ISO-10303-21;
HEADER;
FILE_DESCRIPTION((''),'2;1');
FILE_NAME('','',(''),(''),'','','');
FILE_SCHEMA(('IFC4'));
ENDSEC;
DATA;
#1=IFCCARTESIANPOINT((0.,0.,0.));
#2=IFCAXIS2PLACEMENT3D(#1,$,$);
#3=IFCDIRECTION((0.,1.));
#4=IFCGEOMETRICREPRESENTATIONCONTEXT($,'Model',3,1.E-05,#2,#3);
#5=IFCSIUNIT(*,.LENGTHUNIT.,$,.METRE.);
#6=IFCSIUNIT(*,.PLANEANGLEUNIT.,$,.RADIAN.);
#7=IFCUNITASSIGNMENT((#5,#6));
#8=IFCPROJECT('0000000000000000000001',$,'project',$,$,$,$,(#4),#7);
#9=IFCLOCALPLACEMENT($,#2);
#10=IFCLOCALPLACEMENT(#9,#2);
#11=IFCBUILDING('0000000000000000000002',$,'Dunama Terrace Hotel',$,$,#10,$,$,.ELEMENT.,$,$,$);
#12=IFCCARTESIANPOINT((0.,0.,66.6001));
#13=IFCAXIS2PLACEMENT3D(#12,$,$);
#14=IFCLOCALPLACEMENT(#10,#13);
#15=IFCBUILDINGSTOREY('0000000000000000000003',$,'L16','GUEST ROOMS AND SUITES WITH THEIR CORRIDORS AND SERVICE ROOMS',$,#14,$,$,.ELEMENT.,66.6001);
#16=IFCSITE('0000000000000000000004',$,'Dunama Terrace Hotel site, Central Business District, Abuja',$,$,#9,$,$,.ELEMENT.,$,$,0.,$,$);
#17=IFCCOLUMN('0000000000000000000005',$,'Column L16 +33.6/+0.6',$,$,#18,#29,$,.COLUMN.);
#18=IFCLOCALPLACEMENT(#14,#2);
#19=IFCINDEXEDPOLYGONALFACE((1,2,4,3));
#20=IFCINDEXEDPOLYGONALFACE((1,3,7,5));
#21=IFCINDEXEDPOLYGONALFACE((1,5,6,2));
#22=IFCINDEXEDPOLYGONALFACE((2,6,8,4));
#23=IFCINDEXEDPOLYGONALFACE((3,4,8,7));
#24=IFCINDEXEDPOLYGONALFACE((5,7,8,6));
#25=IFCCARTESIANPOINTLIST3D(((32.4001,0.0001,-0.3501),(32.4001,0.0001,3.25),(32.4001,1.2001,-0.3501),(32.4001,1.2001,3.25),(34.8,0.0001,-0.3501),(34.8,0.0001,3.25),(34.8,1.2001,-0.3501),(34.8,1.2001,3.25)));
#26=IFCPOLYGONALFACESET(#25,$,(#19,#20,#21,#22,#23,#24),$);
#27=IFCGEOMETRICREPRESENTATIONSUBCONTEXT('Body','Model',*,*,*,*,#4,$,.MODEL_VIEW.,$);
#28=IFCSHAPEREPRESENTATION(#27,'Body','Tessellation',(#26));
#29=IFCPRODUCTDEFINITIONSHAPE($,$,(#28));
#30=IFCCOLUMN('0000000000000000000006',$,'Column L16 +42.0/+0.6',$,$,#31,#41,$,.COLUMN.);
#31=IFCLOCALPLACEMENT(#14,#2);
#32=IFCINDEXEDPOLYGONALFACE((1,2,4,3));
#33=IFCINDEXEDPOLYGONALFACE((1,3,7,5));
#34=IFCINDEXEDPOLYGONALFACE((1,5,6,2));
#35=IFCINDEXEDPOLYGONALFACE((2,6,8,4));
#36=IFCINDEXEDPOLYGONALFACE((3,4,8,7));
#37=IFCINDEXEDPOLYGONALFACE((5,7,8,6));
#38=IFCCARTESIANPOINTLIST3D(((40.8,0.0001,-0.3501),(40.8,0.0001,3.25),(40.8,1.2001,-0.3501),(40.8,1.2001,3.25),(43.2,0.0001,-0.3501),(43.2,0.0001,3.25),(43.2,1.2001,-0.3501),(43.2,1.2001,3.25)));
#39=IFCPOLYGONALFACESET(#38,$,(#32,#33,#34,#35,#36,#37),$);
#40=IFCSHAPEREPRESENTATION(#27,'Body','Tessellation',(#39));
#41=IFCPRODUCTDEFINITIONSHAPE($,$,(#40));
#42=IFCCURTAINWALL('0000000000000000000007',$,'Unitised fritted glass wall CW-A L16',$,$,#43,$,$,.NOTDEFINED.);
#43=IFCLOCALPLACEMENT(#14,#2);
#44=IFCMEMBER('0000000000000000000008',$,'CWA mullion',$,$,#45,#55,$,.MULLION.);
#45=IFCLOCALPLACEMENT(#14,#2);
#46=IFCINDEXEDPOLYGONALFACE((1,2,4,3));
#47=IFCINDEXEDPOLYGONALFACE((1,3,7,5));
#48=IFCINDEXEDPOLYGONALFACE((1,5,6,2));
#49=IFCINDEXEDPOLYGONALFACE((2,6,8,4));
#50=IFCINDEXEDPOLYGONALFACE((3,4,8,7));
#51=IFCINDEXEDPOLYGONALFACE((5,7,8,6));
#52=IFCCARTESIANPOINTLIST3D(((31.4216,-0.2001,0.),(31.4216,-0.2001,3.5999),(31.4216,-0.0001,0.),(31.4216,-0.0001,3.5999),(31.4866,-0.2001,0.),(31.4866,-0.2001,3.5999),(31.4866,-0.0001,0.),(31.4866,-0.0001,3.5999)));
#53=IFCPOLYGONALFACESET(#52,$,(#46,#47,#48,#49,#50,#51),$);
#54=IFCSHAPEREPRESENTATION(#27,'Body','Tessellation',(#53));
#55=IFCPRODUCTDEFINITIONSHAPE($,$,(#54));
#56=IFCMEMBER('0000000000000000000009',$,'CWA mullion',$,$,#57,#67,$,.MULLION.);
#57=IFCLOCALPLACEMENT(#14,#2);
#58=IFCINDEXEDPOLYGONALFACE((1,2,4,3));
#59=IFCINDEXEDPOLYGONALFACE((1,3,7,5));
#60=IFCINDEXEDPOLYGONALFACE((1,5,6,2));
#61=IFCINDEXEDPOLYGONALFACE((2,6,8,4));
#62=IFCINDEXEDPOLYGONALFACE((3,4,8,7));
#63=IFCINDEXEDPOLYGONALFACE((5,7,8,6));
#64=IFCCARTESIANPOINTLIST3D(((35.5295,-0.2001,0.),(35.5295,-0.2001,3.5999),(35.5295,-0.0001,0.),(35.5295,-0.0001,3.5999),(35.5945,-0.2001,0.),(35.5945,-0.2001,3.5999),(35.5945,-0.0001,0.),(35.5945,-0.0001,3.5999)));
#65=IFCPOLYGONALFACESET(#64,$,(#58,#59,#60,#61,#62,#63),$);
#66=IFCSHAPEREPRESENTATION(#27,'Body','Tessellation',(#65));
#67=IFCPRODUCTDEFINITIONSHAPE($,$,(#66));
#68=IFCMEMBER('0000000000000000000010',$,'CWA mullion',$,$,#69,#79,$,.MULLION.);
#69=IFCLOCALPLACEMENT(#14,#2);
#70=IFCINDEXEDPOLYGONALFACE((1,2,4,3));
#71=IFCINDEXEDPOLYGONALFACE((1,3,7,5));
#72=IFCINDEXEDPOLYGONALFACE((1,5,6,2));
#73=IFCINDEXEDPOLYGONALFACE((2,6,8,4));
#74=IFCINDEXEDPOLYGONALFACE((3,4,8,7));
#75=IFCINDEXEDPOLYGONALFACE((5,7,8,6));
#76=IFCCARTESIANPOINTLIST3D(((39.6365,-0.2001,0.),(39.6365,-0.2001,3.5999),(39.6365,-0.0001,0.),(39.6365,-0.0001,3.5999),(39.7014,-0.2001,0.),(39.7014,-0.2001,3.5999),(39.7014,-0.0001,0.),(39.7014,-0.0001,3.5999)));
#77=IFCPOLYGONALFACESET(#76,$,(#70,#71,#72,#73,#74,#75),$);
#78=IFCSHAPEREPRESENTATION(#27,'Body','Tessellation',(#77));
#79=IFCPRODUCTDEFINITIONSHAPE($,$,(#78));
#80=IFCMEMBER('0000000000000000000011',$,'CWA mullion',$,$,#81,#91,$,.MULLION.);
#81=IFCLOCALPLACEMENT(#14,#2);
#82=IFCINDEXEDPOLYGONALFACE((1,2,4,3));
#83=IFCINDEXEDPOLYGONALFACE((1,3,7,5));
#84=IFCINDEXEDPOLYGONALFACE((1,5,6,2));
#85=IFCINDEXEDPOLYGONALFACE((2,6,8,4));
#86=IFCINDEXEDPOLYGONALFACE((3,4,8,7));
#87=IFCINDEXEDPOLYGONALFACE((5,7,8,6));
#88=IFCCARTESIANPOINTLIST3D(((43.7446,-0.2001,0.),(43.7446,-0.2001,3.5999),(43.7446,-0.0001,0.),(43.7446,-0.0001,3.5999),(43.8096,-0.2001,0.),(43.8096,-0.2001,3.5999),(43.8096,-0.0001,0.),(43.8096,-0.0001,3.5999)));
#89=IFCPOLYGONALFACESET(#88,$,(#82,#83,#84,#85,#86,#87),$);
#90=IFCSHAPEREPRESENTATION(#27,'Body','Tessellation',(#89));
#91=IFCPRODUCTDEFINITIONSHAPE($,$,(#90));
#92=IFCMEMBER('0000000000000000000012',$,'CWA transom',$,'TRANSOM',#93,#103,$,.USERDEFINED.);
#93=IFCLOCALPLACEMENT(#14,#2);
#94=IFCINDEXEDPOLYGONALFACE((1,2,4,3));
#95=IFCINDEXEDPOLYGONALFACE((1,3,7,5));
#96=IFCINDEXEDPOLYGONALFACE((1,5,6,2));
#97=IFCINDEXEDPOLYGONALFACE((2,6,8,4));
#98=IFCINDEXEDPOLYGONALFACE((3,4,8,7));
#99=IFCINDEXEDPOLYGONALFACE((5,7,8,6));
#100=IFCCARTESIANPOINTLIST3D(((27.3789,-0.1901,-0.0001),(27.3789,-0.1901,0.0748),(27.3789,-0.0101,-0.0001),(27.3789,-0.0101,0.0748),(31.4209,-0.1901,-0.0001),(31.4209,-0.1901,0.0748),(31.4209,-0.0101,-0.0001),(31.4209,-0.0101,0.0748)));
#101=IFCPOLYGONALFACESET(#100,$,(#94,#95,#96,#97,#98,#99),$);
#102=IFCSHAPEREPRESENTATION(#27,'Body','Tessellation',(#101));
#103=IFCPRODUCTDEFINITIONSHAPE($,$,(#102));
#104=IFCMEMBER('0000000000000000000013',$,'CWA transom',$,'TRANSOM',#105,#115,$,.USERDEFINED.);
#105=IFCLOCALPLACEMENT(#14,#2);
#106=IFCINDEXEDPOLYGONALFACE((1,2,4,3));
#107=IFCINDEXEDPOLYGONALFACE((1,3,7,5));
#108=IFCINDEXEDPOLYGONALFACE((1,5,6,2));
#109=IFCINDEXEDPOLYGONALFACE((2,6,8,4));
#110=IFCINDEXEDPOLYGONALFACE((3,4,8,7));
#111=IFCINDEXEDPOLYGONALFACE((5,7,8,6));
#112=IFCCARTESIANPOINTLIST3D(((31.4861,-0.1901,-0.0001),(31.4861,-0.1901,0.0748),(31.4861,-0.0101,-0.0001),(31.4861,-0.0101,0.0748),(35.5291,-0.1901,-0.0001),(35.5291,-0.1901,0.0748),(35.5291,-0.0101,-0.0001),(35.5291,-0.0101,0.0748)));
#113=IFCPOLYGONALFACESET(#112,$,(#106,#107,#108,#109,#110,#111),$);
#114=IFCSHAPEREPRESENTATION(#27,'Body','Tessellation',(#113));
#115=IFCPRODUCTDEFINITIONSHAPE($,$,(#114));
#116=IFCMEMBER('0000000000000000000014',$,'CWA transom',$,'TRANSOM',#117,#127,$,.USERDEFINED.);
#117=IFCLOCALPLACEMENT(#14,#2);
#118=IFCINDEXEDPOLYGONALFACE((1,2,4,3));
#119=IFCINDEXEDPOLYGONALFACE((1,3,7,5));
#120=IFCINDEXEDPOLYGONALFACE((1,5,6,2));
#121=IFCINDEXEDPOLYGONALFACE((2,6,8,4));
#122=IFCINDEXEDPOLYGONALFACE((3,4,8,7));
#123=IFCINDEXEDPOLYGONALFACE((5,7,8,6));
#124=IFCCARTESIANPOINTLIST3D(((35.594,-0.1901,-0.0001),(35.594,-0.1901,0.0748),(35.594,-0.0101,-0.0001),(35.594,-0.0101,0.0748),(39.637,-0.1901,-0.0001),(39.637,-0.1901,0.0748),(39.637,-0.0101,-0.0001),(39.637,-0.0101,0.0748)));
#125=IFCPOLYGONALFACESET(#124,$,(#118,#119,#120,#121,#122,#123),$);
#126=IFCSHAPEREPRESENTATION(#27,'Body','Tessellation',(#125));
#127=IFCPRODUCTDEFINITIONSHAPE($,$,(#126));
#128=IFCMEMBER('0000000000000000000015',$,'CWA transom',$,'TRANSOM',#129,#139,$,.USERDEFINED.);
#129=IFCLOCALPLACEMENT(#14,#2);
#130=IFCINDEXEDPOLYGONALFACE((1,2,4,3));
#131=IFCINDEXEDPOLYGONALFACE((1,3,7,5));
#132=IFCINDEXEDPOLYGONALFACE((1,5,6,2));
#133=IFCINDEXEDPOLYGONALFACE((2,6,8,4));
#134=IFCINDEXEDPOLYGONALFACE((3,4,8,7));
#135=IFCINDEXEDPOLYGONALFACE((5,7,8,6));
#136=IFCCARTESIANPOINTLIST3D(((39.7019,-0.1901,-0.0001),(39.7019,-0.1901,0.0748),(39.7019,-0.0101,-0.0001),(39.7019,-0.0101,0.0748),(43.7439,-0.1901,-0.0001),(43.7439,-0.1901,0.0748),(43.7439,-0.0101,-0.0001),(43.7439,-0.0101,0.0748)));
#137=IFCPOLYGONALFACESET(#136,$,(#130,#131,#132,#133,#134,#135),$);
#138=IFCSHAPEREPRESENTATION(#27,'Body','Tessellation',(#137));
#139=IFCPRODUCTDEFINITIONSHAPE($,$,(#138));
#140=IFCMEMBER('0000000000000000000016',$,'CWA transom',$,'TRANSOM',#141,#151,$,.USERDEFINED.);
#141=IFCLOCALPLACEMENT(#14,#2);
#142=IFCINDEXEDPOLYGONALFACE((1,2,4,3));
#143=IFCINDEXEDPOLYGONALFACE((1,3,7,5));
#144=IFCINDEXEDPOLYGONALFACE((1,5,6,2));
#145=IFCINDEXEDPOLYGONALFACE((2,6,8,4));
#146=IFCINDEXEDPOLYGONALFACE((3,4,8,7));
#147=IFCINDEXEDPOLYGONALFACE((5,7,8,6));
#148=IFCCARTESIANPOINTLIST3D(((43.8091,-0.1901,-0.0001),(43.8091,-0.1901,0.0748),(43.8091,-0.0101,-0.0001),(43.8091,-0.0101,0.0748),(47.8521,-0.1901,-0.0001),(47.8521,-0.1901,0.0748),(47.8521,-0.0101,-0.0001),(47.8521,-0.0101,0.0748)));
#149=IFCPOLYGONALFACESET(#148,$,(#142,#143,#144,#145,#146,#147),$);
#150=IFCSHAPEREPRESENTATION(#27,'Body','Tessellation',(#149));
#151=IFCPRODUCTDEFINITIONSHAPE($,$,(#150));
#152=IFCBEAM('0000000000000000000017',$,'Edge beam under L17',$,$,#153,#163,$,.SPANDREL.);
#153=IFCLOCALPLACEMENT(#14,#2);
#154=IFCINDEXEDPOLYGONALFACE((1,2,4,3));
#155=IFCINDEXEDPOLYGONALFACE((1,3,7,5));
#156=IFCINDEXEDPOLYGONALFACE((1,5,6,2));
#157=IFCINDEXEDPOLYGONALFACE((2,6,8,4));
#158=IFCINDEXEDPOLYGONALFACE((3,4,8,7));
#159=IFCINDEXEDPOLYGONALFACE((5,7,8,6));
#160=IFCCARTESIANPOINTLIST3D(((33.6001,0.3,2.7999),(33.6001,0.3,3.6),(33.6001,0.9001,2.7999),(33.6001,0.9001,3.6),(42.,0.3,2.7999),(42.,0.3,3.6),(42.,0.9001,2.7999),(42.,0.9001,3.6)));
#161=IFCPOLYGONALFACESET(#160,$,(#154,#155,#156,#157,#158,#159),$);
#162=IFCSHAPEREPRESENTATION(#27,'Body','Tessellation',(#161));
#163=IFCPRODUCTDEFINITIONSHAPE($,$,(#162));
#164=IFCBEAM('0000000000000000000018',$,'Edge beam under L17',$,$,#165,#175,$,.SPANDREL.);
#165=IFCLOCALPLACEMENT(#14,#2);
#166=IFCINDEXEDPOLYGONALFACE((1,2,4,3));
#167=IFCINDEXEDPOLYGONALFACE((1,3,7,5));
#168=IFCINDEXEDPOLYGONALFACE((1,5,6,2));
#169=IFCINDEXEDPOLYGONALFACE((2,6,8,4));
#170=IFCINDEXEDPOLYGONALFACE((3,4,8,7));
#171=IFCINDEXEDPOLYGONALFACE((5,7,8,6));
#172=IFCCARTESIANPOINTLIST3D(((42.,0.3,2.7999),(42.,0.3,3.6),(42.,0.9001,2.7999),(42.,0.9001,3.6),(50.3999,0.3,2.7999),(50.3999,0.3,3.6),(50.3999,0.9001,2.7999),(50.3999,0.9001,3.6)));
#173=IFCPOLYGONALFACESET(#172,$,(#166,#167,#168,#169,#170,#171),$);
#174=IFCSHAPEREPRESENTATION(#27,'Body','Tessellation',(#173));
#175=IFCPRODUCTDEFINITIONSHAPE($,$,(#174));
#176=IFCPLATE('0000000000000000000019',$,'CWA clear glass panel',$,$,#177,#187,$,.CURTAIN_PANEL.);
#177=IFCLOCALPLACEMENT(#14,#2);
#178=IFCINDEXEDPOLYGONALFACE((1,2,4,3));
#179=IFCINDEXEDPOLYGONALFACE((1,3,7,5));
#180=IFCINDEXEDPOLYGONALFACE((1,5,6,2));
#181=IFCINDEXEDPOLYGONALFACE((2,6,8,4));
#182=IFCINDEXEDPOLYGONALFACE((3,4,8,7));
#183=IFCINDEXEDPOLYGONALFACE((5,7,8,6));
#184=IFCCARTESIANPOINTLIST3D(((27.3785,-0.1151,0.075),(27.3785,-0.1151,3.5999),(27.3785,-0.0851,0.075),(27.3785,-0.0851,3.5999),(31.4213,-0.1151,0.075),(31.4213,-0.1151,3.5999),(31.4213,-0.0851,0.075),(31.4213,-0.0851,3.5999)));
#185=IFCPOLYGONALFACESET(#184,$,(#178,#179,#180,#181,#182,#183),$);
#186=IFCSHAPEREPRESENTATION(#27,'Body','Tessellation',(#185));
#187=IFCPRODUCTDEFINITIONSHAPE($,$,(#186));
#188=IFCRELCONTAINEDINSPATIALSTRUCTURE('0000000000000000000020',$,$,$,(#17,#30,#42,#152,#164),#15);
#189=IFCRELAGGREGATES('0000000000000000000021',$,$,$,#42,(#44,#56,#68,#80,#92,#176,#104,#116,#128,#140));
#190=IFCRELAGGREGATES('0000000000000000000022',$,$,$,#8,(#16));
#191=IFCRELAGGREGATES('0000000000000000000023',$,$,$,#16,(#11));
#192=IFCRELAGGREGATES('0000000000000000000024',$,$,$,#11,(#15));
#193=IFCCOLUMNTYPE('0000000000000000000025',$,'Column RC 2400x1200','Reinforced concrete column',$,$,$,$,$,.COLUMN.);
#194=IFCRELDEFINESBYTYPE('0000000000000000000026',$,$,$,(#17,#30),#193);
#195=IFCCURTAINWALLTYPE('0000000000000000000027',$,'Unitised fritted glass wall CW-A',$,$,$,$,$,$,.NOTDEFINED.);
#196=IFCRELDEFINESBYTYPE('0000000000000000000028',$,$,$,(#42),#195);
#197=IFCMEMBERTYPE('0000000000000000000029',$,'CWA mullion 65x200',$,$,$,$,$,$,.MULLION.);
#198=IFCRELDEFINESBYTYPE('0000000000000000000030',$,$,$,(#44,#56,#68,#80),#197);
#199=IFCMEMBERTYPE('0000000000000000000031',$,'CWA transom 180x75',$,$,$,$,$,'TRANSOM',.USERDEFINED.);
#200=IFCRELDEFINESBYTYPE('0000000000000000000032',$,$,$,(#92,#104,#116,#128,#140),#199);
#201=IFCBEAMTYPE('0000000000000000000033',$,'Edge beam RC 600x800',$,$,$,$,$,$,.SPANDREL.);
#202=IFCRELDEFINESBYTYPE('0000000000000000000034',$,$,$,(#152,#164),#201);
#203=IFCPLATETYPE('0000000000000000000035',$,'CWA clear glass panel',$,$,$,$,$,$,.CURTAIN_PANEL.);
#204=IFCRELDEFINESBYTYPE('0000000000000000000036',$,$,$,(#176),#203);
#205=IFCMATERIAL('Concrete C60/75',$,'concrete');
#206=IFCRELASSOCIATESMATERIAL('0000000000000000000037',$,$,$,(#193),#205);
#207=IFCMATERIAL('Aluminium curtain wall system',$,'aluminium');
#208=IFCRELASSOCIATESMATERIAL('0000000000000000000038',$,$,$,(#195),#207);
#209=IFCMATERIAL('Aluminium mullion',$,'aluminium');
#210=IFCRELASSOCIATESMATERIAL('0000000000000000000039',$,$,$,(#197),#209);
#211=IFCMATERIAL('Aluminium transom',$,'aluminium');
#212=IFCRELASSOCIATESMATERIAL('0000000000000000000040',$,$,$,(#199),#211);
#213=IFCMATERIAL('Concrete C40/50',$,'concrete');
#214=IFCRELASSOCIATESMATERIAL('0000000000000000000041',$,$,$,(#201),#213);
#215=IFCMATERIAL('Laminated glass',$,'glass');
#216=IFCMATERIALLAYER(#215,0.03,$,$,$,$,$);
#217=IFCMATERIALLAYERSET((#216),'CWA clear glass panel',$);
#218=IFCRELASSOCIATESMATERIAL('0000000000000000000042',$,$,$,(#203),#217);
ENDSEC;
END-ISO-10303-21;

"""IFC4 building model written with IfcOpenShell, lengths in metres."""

from ifc_helpers import new_model, si_unit, direction, frame, origin, origin_2d, place, context, subcontext, project, spatial, rectangle, extrude, material, layer, layer_set, material_profile, profile_set, type_object, element, aggregate, save


model = new_model("IFC4")

# Units and contexts
model_context = context("Model", 3, precision=1e-05, world=origin(), true_north=direction((0.0, 1.0)))
body_context = subcontext(model_context, "Body", "Model", "MODEL_VIEW")
ifc_project = project(units=[si_unit("LENGTHUNIT", "METRE"), si_unit("PLANEANGLEUNIT", "RADIAN")], contexts=[model_context])

# Site, building, storey
site_placement = place(None, origin())
site = spatial("IfcSite", under=ifc_project, at=site_placement, Name="Dunama Terrace Hotel site, Central Business District, Abuja", CompositionType="ELEMENT", RefElevation=0.0)
building_placement = place(site_placement, origin())
building = spatial("IfcBuilding", under=site, at=building_placement, Name="Dunama Terrace Hotel", CompositionType="ELEMENT")
storey_placement = place(building_placement, frame((0.0, 0.0, 66.6001)))
storey = spatial("IfcBuildingStorey", under=building, at=storey_placement, Name="L16", Description="GUEST ROOMS AND SUITES WITH THEIR CORRIDORS AND SERVICE ROOMS", CompositionType="ELEMENT", Elevation=66.6001)

# Columns
ifc_material_1 = material(Name="Concrete C60/75", Category="concrete")
ifc_material_profile_1 = material_profile(ifc_material_1, rectangle(XDim=2.3999, YDim=1.2, at=origin_2d()), Name="RC 2400x1200")
ifc_profile_set_1 = profile_set([ifc_material_profile_1], Name="Concrete C60/75")
column_type = type_object("IfcColumnType", Name="Column RC 2400x1200", Description="Reinforced concrete column", PredefinedType="COLUMN", material=ifc_profile_set_1)
for number, where, z_axis, x_axis, name in (
    (1, (33.6001, 0.6001, -0.3501), (0.0, 0.0, 1.0), (1.0, 0.0, 0.0), "Column L16 +33.6/+0.6"),
    (2, (42.0, 0.6001, -0.3501), (0.0, 0.0, 1.0), (1.0, 0.0, 0.0), "Column L16 +42.0/+0.6"),
):
    element("IfcColumn", number, at=place(storey_placement, frame(where, z_axis=z_axis, x_axis=x_axis)), inside=storey, type_object=column_type, Name=name, PredefinedType="COLUMN", context=body_context, shape_type="SweptSolid", body=[
        extrude(rectangle(XDim=2.3999, YDim=1.2, at=origin_2d()), origin(), (0.0, 0.0, 1.0), 3.6001),
    ])

# Curtain wall, members
ifc_material_2 = material(Name="Aluminium curtain wall system", Category="aluminium")
curtain_wall_type = type_object("IfcCurtainWallType", Name="Unitised fritted glass wall CW-A", PredefinedType="NOTDEFINED", material=ifc_material_2)
curtain_wall_placement = place(storey_placement, origin())
curtain_wall = element("IfcCurtainWall", 3, at=curtain_wall_placement, inside=storey, type_object=curtain_wall_type, Name="Unitised fritted glass wall CW-A L16", PredefinedType="NOTDEFINED")
ifc_material_3 = material(Name="Aluminium mullion", Category="aluminium")
ifc_material_profile_2 = material_profile(ifc_material_3, rectangle(XDim=0.0649, YDim=0.2, at=origin_2d()), Name="CWA MULLION 65X200")
ifc_profile_set_2 = profile_set([ifc_material_profile_2], Name="Aluminium mullion")
member_type_1 = type_object("IfcMemberType", Name="CWA mullion 65x200", PredefinedType="MULLION", material=ifc_profile_set_2)
member_1_placement = place(storey_placement, frame((31.4541, -0.1001, 0.0), z_axis=(0.0, 0.0, 1.0), x_axis=(1.0, 0.0, 0.0)))
member_1 = element("IfcMember", 4, at=member_1_placement, type_object=member_type_1, Name="CWA mullion", PredefinedType="MULLION", context=body_context, shape_type="SweptSolid", body=[
    extrude(rectangle(XDim=0.0649, YDim=0.2, at=origin_2d()), origin(), (0.0, 0.0, 1.0), 3.5999),
])
member_2_placement = place(storey_placement, frame((35.562, -0.1001, 0.0), z_axis=(0.0, 0.0, 1.0), x_axis=(1.0, 0.0, 0.0)))
member_2 = element("IfcMember", 5, at=member_2_placement, type_object=member_type_1, Name="CWA mullion", PredefinedType="MULLION", context=body_context, shape_type="SweptSolid", body=[
    extrude(rectangle(XDim=0.0649, YDim=0.2, at=origin_2d()), origin(), (0.0, 0.0, 1.0), 3.5999),
])
member_3_placement = place(storey_placement, frame((39.6689, -0.1001, 0.0), z_axis=(0.0, 0.0, 1.0), x_axis=(1.0, 0.0, 0.0)))
member_3 = element("IfcMember", 6, at=member_3_placement, type_object=member_type_1, Name="CWA mullion", PredefinedType="MULLION", context=body_context, shape_type="SweptSolid", body=[
    extrude(rectangle(XDim=0.0649, YDim=0.2, at=origin_2d()), origin(), (0.0, 0.0, 1.0), 3.5999),
])
member_4_placement = place(storey_placement, frame((43.7771, -0.1001, 0.0), z_axis=(0.0, 0.0, 1.0), x_axis=(1.0, 0.0, 0.0)))
member_4 = element("IfcMember", 7, at=member_4_placement, type_object=member_type_1, Name="CWA mullion", PredefinedType="MULLION", context=body_context, shape_type="SweptSolid", body=[
    extrude(rectangle(XDim=0.0649, YDim=0.2, at=origin_2d()), origin(), (0.0, 0.0, 1.0), 3.5999),
])
ifc_material_4 = material(Name="Aluminium transom", Category="aluminium")
ifc_material_profile_3 = material_profile(ifc_material_4, rectangle(XDim=0.1799, YDim=0.075, at=origin_2d()), Name="CWA TRANSOM 180X75")
ifc_profile_set_3 = profile_set([ifc_material_profile_3], Name="Aluminium transom")
member_type_2 = type_object("IfcMemberType", Name="CWA transom 180x75", ElementType="TRANSOM", PredefinedType="USERDEFINED", material=ifc_profile_set_3)
member_5_placement = place(storey_placement, frame((27.3789, -0.1001, 0.0374), z_axis=(1.0, 0.0, 0.0), x_axis=(0.0, 1.0, 0.0)))
member_5 = element("IfcMember", 8, at=member_5_placement, type_object=member_type_2, Name="CWA transom", ObjectType="TRANSOM", PredefinedType="USERDEFINED", context=body_context, shape_type="SweptSolid", body=[
    extrude(rectangle(XDim=0.1799, YDim=0.075, at=origin_2d()), origin(), (0.0, 0.0, 1.0), 4.042),
])
member_6_placement = place(storey_placement, frame((31.4861, -0.1001, 0.0374), z_axis=(1.0, 0.0, 0.0), x_axis=(0.0, 1.0, 0.0)))
member_6 = element("IfcMember", 9, at=member_6_placement, type_object=member_type_2, Name="CWA transom", ObjectType="TRANSOM", PredefinedType="USERDEFINED", context=body_context, shape_type="SweptSolid", body=[
    extrude(rectangle(XDim=0.1799, YDim=0.075, at=origin_2d()), origin(), (0.0, 0.0, 1.0), 4.043),
])
member_7_placement = place(storey_placement, frame((35.594, -0.1001, 0.0374), z_axis=(1.0, 0.0, 0.0), x_axis=(0.0, 1.0, 0.0)))
member_7 = element("IfcMember", 10, at=member_7_placement, type_object=member_type_2, Name="CWA transom", ObjectType="TRANSOM", PredefinedType="USERDEFINED", context=body_context, shape_type="SweptSolid", body=[
    extrude(rectangle(XDim=0.1799, YDim=0.075, at=origin_2d()), origin(), (0.0, 0.0, 1.0), 4.043),
])
member_8_placement = place(storey_placement, frame((39.7019, -0.1001, 0.0374), z_axis=(1.0, 0.0, 0.0), x_axis=(0.0, 1.0, 0.0)))
member_8 = element("IfcMember", 11, at=member_8_placement, type_object=member_type_2, Name="CWA transom", ObjectType="TRANSOM", PredefinedType="USERDEFINED", context=body_context, shape_type="SweptSolid", body=[
    extrude(rectangle(XDim=0.1799, YDim=0.075, at=origin_2d()), origin(), (0.0, 0.0, 1.0), 4.042),
])
member_9_placement = place(storey_placement, frame((43.8091, -0.1001, 0.0374), z_axis=(1.0, 0.0, 0.0), x_axis=(0.0, 1.0, 0.0)))
member_9 = element("IfcMember", 12, at=member_9_placement, type_object=member_type_2, Name="CWA transom", ObjectType="TRANSOM", PredefinedType="USERDEFINED", context=body_context, shape_type="SweptSolid", body=[
    extrude(rectangle(XDim=0.1799, YDim=0.075, at=origin_2d()), origin(), (0.0, 0.0, 1.0), 4.043),
])

# Beams
ifc_material_5 = material(Name="Concrete C40/50", Category="concrete")
ifc_material_profile_4 = material_profile(ifc_material_5, rectangle(XDim=0.6001, YDim=0.8, at=origin_2d()), Name="RC 600x800")
ifc_profile_set_4 = profile_set([ifc_material_profile_4], Name="Concrete C40/50")
beam_type = type_object("IfcBeamType", Name="Edge beam RC 600x800", PredefinedType="SPANDREL", material=ifc_profile_set_4)
for number, where, z_axis, x_axis, name in (
    (13, (33.6001, 0.6001, 3.2), (1.0, 0.0, 0.0), (0.0, 1.0, 0.0), "Edge beam under L17"),
    (14, (42.0, 0.6001, 3.2), (1.0, 0.0, 0.0), (0.0, 1.0, 0.0), "Edge beam under L17"),
):
    element("IfcBeam", number, at=place(storey_placement, frame(where, z_axis=z_axis, x_axis=x_axis)), inside=storey, type_object=beam_type, Name=name, PredefinedType="SPANDREL", context=body_context, shape_type="SweptSolid", body=[
        extrude(rectangle(XDim=0.6001, YDim=0.8, at=origin_2d()), origin(), (0.0, 0.0, 1.0), 8.3999),
    ])

# Plate
ifc_material_6 = material(Name="Laminated glass", Category="glass")
ifc_layer_1 = layer(ifc_material_6, 0.03)
ifc_layer_set_1 = layer_set([ifc_layer_1], Name="CWA clear glass panel")
plate_type_1 = type_object("IfcPlateType", Name="CWA clear glass panel", PredefinedType="CURTAIN_PANEL", material=ifc_layer_set_1)
plate_1_placement = place(storey_placement, frame((29.3999, -0.1001, 0.075), z_axis=(0.0, 0.0, 1.0), x_axis=(1.0, 0.0, 0.0)))
plate_1 = element("IfcPlate", 15, at=plate_1_placement, type_object=plate_type_1, Name="CWA clear glass panel", PredefinedType="CURTAIN_PANEL", context=body_context, shape_type="SweptSolid", body=[
    extrude(rectangle(XDim=4.0427, YDim=0.03, at=origin_2d()), origin(), (0.0, 0.0, 1.0), 3.5249),
])
aggregate(curtain_wall, [member_1, member_2, member_3, member_4, member_5, plate_1, member_6, member_7, member_8, member_9])

save(model, "model.ifc")
